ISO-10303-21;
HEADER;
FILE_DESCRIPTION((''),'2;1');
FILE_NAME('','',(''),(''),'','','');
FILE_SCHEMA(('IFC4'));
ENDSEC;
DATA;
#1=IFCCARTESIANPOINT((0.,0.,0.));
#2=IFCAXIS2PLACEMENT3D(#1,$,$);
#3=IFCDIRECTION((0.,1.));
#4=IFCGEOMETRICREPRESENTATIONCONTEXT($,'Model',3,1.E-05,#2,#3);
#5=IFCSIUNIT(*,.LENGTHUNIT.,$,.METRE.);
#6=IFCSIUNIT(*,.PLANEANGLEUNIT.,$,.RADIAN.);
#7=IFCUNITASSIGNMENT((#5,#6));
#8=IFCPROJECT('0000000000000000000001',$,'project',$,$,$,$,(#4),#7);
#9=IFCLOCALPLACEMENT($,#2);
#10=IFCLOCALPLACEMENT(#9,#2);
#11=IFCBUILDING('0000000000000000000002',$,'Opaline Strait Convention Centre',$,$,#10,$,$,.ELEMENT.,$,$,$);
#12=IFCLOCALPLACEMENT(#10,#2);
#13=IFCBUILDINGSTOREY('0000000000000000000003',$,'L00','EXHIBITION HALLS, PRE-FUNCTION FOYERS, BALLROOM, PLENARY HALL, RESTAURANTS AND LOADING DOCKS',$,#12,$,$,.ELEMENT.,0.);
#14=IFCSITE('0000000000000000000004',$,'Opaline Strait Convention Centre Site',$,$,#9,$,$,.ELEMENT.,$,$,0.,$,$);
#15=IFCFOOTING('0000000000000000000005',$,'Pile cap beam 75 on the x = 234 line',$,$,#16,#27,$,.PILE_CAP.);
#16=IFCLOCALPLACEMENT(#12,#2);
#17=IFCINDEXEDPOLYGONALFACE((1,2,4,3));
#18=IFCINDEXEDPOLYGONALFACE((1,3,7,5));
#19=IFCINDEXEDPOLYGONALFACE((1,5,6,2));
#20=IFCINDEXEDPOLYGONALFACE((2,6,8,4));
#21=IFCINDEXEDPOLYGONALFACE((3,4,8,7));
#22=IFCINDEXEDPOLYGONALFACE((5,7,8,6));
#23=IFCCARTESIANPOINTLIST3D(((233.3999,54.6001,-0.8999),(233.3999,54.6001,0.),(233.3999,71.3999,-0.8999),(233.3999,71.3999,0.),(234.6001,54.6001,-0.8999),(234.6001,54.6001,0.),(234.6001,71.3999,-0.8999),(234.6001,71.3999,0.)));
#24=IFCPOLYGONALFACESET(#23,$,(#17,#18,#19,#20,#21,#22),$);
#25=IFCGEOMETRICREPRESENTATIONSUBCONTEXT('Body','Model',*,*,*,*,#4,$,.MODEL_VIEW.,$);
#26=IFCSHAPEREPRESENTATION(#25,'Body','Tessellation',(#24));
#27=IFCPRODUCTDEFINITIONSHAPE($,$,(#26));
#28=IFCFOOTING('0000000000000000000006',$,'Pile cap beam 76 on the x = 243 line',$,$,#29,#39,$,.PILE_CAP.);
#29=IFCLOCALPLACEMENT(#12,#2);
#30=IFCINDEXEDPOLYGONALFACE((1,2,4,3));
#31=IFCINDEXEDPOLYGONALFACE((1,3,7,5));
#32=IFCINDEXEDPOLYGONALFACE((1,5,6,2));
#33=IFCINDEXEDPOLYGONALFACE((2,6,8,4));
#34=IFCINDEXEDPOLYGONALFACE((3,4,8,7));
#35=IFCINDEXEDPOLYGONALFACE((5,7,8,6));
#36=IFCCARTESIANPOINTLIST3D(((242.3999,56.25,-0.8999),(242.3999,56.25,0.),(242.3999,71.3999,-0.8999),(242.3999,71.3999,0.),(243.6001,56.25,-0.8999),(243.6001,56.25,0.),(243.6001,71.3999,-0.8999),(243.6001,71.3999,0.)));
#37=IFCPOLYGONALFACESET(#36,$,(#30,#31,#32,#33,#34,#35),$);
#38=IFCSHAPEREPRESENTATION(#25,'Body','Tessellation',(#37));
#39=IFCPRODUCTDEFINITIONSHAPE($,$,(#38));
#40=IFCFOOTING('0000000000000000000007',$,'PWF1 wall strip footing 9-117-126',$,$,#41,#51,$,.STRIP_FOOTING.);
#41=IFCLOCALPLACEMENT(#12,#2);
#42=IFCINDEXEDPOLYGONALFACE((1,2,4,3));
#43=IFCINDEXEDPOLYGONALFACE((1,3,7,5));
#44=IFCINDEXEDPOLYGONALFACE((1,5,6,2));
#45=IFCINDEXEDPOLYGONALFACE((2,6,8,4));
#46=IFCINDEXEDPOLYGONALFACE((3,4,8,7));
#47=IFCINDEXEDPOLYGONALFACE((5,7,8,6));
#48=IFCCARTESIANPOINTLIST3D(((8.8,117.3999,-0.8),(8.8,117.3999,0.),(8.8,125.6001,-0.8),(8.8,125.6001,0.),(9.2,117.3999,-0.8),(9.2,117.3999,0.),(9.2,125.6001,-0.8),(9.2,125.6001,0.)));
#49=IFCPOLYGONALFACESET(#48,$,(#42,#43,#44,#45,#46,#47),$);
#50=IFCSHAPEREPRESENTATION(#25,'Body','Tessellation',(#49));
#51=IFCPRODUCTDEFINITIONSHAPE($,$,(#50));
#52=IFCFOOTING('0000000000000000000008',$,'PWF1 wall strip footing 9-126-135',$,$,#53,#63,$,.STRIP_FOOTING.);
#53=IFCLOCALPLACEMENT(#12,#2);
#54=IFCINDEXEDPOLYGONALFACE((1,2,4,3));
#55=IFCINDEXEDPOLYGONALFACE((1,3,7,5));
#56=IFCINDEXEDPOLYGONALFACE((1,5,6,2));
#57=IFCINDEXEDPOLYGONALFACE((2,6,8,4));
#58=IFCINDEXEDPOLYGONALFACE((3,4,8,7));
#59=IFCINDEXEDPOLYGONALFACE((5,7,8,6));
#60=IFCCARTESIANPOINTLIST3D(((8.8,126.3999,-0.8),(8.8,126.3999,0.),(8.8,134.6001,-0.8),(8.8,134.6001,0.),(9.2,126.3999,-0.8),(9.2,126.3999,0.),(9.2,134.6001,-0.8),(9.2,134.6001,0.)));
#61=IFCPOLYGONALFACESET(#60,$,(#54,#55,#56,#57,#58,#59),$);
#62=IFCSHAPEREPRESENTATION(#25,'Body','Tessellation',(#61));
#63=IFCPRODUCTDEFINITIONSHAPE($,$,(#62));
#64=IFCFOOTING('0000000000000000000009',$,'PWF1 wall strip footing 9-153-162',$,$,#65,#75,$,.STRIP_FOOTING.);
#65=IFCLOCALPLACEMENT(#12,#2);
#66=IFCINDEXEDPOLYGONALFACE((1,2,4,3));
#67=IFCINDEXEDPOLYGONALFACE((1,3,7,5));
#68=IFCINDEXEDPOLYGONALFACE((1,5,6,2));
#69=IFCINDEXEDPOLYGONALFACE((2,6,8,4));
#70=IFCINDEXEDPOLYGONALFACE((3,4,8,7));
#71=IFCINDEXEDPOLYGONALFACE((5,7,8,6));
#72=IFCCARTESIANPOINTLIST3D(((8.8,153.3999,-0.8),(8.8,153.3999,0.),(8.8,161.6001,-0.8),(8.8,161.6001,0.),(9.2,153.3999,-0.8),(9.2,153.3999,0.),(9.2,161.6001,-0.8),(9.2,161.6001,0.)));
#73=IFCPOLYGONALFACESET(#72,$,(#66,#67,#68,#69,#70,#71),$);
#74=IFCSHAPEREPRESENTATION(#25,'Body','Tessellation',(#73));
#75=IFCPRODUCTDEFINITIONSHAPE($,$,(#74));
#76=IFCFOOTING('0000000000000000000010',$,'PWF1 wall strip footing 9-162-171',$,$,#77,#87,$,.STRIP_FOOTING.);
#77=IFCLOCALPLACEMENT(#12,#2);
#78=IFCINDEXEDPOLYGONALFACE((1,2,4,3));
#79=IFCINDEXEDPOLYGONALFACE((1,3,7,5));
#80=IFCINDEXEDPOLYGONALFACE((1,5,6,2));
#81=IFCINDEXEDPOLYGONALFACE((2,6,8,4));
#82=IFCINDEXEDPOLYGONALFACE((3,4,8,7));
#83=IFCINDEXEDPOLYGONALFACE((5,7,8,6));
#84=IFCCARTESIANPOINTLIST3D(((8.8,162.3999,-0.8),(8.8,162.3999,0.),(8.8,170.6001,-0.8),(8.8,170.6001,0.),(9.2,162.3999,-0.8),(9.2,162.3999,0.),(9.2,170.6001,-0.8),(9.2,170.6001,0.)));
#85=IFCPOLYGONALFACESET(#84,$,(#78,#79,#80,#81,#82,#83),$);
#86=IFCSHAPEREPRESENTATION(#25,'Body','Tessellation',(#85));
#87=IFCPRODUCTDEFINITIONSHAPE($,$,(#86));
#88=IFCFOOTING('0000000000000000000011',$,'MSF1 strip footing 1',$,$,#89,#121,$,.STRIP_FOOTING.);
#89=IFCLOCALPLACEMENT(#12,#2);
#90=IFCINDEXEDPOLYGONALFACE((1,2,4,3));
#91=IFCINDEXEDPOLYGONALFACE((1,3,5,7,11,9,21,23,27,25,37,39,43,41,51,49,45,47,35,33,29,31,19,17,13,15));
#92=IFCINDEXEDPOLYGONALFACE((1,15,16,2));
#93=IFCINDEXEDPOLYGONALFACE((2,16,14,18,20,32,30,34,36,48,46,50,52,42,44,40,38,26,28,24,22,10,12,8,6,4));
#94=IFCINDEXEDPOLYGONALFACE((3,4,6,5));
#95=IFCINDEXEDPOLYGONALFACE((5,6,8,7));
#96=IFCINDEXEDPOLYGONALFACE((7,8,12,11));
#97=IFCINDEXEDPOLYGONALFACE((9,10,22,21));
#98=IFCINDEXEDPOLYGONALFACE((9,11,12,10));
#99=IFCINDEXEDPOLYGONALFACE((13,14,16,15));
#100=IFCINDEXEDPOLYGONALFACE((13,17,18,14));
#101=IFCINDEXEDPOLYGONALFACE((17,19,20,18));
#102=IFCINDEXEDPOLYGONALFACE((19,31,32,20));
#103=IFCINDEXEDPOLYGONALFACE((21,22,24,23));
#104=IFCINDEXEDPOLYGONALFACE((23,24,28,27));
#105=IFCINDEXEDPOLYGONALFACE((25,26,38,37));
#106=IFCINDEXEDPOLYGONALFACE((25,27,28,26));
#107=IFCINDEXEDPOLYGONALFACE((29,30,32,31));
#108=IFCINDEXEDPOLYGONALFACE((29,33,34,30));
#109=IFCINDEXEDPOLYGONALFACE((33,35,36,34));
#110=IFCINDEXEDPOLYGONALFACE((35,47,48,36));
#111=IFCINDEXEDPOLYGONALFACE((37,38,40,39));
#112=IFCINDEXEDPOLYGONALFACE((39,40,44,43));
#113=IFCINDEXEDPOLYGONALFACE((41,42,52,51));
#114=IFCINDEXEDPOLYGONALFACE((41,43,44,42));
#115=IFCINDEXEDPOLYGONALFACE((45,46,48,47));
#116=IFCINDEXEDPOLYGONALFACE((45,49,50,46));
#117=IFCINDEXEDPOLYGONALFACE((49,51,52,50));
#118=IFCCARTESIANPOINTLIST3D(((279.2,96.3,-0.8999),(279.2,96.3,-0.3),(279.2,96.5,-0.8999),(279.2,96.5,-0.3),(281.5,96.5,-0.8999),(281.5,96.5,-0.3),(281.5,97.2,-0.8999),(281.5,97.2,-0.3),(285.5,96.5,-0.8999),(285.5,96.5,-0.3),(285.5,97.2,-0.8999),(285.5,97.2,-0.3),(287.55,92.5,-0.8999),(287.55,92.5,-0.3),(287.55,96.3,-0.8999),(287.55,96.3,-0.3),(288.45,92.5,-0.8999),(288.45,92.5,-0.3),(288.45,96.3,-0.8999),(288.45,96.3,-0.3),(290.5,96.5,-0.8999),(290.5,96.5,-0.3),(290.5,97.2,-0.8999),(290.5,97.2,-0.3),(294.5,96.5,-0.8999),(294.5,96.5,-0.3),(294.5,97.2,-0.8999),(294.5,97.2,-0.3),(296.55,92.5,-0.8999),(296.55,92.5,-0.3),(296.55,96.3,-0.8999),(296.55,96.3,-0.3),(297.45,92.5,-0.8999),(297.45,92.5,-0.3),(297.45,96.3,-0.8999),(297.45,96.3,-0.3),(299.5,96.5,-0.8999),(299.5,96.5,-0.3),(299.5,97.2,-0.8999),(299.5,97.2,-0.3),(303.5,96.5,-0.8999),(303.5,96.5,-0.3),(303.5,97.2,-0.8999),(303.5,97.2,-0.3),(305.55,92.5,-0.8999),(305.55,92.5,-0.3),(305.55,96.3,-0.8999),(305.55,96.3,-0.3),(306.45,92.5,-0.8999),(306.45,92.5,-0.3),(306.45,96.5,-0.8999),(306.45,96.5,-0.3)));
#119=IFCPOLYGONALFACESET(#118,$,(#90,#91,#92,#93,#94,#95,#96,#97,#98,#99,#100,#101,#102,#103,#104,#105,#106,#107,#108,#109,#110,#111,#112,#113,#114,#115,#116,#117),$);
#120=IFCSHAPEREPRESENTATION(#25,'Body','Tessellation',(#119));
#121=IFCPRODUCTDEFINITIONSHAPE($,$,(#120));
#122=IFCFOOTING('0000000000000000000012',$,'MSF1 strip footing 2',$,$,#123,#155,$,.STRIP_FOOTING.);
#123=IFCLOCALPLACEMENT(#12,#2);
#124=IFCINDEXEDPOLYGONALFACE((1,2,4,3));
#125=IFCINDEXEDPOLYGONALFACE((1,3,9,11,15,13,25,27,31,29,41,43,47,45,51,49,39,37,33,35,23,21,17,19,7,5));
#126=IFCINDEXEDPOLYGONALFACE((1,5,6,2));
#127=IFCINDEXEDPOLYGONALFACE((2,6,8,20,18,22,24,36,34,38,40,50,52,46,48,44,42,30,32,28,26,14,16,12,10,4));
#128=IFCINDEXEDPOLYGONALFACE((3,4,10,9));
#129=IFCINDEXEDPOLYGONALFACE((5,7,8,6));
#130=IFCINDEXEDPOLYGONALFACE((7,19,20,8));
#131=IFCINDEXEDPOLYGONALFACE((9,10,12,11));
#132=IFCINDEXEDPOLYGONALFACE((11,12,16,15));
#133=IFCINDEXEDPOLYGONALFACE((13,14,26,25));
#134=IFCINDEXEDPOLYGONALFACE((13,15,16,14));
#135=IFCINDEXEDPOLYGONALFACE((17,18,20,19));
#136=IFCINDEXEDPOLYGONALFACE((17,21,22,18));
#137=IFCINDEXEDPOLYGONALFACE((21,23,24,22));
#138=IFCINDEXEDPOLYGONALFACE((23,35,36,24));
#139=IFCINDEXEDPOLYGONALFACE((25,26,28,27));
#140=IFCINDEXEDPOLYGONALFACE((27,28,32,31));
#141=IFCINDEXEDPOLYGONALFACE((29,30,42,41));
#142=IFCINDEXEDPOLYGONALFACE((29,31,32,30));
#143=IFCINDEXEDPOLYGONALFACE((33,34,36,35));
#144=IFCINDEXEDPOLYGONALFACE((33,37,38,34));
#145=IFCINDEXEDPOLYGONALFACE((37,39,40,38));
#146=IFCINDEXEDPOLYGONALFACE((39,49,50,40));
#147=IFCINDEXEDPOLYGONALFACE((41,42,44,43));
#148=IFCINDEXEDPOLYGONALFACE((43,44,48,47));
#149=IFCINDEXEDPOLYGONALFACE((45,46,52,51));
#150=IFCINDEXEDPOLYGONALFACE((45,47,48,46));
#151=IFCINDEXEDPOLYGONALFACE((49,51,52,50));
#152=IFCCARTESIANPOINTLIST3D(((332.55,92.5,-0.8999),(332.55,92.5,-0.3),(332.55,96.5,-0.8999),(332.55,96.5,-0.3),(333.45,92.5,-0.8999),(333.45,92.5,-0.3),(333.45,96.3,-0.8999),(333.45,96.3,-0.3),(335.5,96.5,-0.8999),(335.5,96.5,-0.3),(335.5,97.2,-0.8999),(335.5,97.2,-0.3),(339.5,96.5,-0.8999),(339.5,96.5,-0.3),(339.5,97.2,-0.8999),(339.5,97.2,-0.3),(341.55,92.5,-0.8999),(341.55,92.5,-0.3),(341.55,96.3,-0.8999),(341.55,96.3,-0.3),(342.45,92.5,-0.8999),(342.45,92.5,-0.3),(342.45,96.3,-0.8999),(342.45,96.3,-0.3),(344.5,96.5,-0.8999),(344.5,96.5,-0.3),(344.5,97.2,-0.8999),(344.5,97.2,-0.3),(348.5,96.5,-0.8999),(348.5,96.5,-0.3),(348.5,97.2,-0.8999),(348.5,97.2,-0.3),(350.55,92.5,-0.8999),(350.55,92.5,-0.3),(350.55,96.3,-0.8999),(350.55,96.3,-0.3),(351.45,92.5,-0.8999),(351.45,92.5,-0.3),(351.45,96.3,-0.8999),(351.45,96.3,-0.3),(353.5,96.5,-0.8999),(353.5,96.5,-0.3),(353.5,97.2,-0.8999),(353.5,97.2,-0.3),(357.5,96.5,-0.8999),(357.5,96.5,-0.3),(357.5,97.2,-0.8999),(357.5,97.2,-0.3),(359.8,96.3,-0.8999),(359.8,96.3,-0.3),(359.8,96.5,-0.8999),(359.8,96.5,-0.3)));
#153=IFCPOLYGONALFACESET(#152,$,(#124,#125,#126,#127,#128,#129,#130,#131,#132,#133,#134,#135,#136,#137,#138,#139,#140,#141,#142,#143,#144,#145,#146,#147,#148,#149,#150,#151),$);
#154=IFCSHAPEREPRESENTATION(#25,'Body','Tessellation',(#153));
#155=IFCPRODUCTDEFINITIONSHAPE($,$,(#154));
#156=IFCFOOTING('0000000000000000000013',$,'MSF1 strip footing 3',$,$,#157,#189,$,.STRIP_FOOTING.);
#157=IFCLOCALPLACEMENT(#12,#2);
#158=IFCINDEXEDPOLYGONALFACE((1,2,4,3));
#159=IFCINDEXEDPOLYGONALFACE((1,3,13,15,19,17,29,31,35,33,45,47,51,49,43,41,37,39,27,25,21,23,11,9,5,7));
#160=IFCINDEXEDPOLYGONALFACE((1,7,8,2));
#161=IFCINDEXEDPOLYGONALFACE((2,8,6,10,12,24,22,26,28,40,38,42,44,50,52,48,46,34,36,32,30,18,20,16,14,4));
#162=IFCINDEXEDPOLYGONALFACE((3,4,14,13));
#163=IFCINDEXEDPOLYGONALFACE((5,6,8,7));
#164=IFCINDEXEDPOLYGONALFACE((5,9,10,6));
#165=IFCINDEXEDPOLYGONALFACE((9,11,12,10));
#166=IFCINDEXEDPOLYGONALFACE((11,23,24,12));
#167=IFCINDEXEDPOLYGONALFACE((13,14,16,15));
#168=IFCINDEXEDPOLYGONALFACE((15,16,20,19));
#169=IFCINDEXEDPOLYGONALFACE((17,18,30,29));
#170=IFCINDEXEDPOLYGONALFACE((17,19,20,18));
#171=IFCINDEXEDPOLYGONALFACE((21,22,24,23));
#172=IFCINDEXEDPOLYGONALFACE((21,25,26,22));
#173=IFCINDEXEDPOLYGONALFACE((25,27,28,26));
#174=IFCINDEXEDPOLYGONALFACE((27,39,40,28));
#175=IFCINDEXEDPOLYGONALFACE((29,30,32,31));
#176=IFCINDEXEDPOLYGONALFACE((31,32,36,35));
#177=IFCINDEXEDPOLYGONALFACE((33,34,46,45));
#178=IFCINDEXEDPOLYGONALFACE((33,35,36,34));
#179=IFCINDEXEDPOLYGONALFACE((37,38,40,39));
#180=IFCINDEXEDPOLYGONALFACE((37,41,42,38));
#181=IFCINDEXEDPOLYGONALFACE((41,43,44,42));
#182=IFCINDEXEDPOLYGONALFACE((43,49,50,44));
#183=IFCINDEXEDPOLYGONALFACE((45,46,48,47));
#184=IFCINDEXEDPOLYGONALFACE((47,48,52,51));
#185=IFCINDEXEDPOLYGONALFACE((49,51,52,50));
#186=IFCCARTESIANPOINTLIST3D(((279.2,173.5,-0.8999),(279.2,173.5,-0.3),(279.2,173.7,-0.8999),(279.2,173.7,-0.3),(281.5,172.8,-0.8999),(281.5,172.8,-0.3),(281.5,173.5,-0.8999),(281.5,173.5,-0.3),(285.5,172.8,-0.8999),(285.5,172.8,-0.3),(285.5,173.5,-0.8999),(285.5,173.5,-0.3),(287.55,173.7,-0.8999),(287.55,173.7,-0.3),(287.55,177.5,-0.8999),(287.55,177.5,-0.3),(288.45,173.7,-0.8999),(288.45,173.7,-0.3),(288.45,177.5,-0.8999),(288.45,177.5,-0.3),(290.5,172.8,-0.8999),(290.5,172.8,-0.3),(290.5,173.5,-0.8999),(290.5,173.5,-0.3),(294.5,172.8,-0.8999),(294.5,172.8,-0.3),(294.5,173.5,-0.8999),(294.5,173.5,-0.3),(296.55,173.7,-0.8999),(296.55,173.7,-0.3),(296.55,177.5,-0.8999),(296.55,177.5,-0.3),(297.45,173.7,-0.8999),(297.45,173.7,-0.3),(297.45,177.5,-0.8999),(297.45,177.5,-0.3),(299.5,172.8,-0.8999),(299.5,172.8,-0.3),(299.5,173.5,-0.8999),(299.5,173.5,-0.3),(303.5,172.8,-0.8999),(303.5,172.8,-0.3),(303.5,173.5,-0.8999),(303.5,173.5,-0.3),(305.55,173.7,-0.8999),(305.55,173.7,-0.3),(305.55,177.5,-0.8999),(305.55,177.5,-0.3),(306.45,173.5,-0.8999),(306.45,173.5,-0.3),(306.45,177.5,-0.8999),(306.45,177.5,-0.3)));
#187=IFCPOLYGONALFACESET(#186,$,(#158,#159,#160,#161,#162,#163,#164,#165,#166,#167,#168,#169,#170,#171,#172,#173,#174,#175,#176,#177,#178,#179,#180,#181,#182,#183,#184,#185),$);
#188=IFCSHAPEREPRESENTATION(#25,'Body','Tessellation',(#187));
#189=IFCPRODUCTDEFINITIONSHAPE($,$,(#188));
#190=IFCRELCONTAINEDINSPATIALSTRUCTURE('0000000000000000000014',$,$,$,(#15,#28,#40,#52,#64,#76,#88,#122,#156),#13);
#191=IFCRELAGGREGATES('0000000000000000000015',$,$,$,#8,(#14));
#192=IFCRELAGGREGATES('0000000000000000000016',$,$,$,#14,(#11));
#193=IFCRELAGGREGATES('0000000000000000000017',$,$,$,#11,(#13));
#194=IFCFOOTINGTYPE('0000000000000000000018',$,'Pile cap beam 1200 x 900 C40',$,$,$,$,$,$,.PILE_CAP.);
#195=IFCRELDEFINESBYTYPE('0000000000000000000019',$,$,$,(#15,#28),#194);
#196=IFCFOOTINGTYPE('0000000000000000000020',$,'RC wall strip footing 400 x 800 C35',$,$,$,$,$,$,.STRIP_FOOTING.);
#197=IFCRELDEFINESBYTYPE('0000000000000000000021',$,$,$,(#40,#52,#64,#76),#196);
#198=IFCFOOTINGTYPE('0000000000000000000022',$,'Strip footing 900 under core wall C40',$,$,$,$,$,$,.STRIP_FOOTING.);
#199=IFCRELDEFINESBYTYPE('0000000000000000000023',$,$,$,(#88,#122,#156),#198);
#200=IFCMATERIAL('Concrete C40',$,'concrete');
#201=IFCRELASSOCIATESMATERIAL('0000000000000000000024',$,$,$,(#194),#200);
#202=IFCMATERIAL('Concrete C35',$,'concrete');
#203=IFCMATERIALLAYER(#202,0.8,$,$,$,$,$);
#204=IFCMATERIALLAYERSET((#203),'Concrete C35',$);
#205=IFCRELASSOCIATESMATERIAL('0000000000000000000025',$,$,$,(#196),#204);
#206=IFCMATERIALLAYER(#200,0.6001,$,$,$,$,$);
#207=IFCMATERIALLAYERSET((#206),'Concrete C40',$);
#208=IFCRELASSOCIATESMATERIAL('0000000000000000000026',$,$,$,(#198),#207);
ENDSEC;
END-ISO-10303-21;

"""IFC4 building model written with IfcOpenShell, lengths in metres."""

from ifc_helpers import new_model, si_unit, direction, frame, origin, place, context, subcontext, project, spatial, polyline, outline, extrude, material, layer, layer_set, type_object, element, save


model = new_model("IFC4")

# Units and contexts
model_context = context("Model", 3, precision=1e-05, world=origin(), true_north=direction((0.0, 1.0)))
body_context = subcontext(model_context, "Body", "Model", "MODEL_VIEW")
ifc_project = project(units=[si_unit("LENGTHUNIT", "METRE"), si_unit("PLANEANGLEUNIT", "RADIAN")], contexts=[model_context])

# Site, building, storey
site_placement = place(None, origin())
site = spatial("IfcSite", under=ifc_project, at=site_placement, Name="Opaline Strait Convention Centre Site", CompositionType="ELEMENT", RefElevation=0.0)
building_placement = place(site_placement, origin())
building = spatial("IfcBuilding", under=site, at=building_placement, Name="Opaline Strait Convention Centre", CompositionType="ELEMENT")
storey_placement = place(building_placement, origin())
storey = spatial("IfcBuildingStorey", under=building, at=storey_placement, Name="L00", Description="EXHIBITION HALLS, PRE-FUNCTION FOYERS, BALLROOM, PLENARY HALL, RESTAURANTS AND LOADING DOCKS", CompositionType="ELEMENT", Elevation=0.0)

# Footings
ifc_material_1 = material(Name="Concrete C35", Category="concrete")
ifc_material_2 = material(Name="Concrete C40", Category="concrete")
footing_type_1 = type_object("IfcFootingType", Name="Pile cap beam 1200 x 900 C40", PredefinedType="PILE_CAP", material=ifc_material_2)
footing_1_placement = place(storey_placement, frame((0.0, 0.0, -0.8999)))
element("IfcFooting", 1, at=footing_1_placement, inside=storey, type_object=footing_type_1, Name="Pile cap beam 75 on the x = 234 line", PredefinedType="PILE_CAP", context=body_context, shape_type="SweptSolid", body=[
    extrude(outline(polyline([(233.3999, 54.6001), (234.6001, 54.6001), (234.6001, 71.3999), (233.3999, 71.3999), (233.3999, 54.6001)])), origin(), (0.0, 0.0, 1.0), 0.8999),
])
footing_2_placement = place(storey_placement, frame((0.0, 0.0, -0.8999)))
element("IfcFooting", 2, at=footing_2_placement, inside=storey, type_object=footing_type_1, Name="Pile cap beam 76 on the x = 243 line", PredefinedType="PILE_CAP", context=body_context, shape_type="SweptSolid", body=[
    extrude(outline(polyline([(242.3999, 56.25), (243.6001, 56.25), (243.6001, 71.3999), (242.3999, 71.3999), (242.3999, 56.25)])), origin(), (0.0, 0.0, 1.0), 0.8999),
])
ifc_layer_1 = layer(ifc_material_1, 0.8)
ifc_layer_set_1 = layer_set([ifc_layer_1], Name="Concrete C35")
footing_type_2 = type_object("IfcFootingType", Name="RC wall strip footing 400 x 800 C35", PredefinedType="STRIP_FOOTING", material=ifc_layer_set_1)
footing_3_placement = place(storey_placement, frame((0.0, 0.0, -0.8)))
element("IfcFooting", 3, at=footing_3_placement, inside=storey, type_object=footing_type_2, Name="PWF1 wall strip footing 9-117-126", PredefinedType="STRIP_FOOTING", context=body_context, shape_type="SweptSolid", body=[
    extrude(outline(polyline([(8.8, 117.3999), (9.2, 117.3999), (9.2, 125.6001), (8.8, 125.6001), (8.8, 117.3999)])), origin(), (0.0, 0.0, 1.0), 0.8),
])
footing_4_placement = place(storey_placement, frame((0.0, 0.0, -0.8)))
element("IfcFooting", 4, at=footing_4_placement, inside=storey, type_object=footing_type_2, Name="PWF1 wall strip footing 9-126-135", PredefinedType="STRIP_FOOTING", context=body_context, shape_type="SweptSolid", body=[
    extrude(outline(polyline([(8.8, 126.3999), (9.2, 126.3999), (9.2, 134.6001), (8.8, 134.6001), (8.8, 126.3999)])), origin(), (0.0, 0.0, 1.0), 0.8),
])
footing_5_placement = place(storey_placement, frame((0.0, 0.0, -0.8)))
element("IfcFooting", 5, at=footing_5_placement, inside=storey, type_object=footing_type_2, Name="PWF1 wall strip footing 9-153-162", PredefinedType="STRIP_FOOTING", context=body_context, shape_type="SweptSolid", body=[
    extrude(outline(polyline([(8.8, 153.3999), (9.2, 153.3999), (9.2, 161.6001), (8.8, 161.6001), (8.8, 153.3999)])), origin(), (0.0, 0.0, 1.0), 0.8),
])
footing_6_placement = place(storey_placement, frame((0.0, 0.0, -0.8)))
element("IfcFooting", 6, at=footing_6_placement, inside=storey, type_object=footing_type_2, Name="PWF1 wall strip footing 9-162-171", PredefinedType="STRIP_FOOTING", context=body_context, shape_type="SweptSolid", body=[
    extrude(outline(polyline([(8.8, 162.3999), (9.2, 162.3999), (9.2, 170.6001), (8.8, 170.6001), (8.8, 162.3999)])), origin(), (0.0, 0.0, 1.0), 0.8),
])
ifc_layer_2 = layer(ifc_material_2, 0.6001)
ifc_layer_set_2 = layer_set([ifc_layer_2], Name="Concrete C40")
footing_type_3 = type_object("IfcFootingType", Name="Strip footing 900 under core wall C40", PredefinedType="STRIP_FOOTING", material=ifc_layer_set_2)
footing_7_placement = place(storey_placement, frame((0.0, 0.0, -0.8999)))
element("IfcFooting", 7, at=footing_7_placement, inside=storey, type_object=footing_type_3, Name="MSF1 strip footing 1", PredefinedType="STRIP_FOOTING", context=body_context, shape_type="SweptSolid", body=[
    extrude(outline(polyline([(279.2, 96.5), (281.5, 96.5), (281.5, 97.2), (285.5, 97.2), (285.5, 96.5), (290.5, 96.5), (290.5, 97.2), (294.5, 97.2), (294.5, 96.5), (299.5, 96.5), (299.5, 97.2), (303.5, 97.2), (303.5, 96.5), (306.45, 96.5), (306.45, 92.5), (305.55, 92.5), (305.55, 96.3), (297.45, 96.3), (297.45, 92.5), (296.55, 92.5), (296.55, 96.3), (288.45, 96.3), (288.45, 92.5), (287.55, 92.5), (287.55, 96.3), (279.2, 96.3), (279.2, 96.5)])), origin(), (0.0, 0.0, 1.0), 0.5999),
])
footing_8_placement = place(storey_placement, frame((0.0, 0.0, -0.8999)))
element("IfcFooting", 8, at=footing_8_placement, inside=storey, type_object=footing_type_3, Name="MSF1 strip footing 2", PredefinedType="STRIP_FOOTING", context=body_context, shape_type="SweptSolid", body=[
    extrude(outline(polyline([(339.5, 96.5), (344.5, 96.5), (344.5, 97.2), (348.5, 97.2), (348.5, 96.5), (353.5, 96.5), (353.5, 97.2), (357.5, 97.2), (357.5, 96.5), (359.8, 96.5), (359.8, 96.3), (351.45, 96.3), (351.45, 92.5), (350.55, 92.5), (350.55, 96.3), (342.45, 96.3), (342.45, 92.5), (341.55, 92.5), (341.55, 96.3), (333.45, 96.3), (333.45, 92.5), (332.55, 92.5), (332.55, 96.5), (335.5, 96.5), (335.5, 97.2), (339.5, 97.2), (339.5, 96.5)])), origin(), (0.0, 0.0, 1.0), 0.5999),
])
footing_9_placement = place(storey_placement, frame((0.0, 0.0, -0.8999)))
element("IfcFooting", 9, at=footing_9_placement, inside=storey, type_object=footing_type_3, Name="MSF1 strip footing 3", PredefinedType="STRIP_FOOTING", context=body_context, shape_type="SweptSolid", body=[
    extrude(outline(polyline([(288.45, 177.5), (288.45, 173.7), (296.55, 173.7), (296.55, 177.5), (297.45, 177.5), (297.45, 173.7), (305.55, 173.7), (305.55, 177.5), (306.45, 177.5), (306.45, 173.5), (303.5, 173.5), (303.5, 172.8), (299.5, 172.8), (299.5, 173.5), (294.5, 173.5), (294.5, 172.8), (290.5, 172.8), (290.5, 173.5), (285.5, 173.5), (285.5, 172.8), (281.5, 172.8), (281.5, 173.5), (279.2, 173.5), (279.2, 173.7), (287.55, 173.7), (287.55, 177.5), (288.45, 177.5)])), origin(), (0.0, 0.0, 1.0), 0.5999),
])

save(model, "model.ifc")
